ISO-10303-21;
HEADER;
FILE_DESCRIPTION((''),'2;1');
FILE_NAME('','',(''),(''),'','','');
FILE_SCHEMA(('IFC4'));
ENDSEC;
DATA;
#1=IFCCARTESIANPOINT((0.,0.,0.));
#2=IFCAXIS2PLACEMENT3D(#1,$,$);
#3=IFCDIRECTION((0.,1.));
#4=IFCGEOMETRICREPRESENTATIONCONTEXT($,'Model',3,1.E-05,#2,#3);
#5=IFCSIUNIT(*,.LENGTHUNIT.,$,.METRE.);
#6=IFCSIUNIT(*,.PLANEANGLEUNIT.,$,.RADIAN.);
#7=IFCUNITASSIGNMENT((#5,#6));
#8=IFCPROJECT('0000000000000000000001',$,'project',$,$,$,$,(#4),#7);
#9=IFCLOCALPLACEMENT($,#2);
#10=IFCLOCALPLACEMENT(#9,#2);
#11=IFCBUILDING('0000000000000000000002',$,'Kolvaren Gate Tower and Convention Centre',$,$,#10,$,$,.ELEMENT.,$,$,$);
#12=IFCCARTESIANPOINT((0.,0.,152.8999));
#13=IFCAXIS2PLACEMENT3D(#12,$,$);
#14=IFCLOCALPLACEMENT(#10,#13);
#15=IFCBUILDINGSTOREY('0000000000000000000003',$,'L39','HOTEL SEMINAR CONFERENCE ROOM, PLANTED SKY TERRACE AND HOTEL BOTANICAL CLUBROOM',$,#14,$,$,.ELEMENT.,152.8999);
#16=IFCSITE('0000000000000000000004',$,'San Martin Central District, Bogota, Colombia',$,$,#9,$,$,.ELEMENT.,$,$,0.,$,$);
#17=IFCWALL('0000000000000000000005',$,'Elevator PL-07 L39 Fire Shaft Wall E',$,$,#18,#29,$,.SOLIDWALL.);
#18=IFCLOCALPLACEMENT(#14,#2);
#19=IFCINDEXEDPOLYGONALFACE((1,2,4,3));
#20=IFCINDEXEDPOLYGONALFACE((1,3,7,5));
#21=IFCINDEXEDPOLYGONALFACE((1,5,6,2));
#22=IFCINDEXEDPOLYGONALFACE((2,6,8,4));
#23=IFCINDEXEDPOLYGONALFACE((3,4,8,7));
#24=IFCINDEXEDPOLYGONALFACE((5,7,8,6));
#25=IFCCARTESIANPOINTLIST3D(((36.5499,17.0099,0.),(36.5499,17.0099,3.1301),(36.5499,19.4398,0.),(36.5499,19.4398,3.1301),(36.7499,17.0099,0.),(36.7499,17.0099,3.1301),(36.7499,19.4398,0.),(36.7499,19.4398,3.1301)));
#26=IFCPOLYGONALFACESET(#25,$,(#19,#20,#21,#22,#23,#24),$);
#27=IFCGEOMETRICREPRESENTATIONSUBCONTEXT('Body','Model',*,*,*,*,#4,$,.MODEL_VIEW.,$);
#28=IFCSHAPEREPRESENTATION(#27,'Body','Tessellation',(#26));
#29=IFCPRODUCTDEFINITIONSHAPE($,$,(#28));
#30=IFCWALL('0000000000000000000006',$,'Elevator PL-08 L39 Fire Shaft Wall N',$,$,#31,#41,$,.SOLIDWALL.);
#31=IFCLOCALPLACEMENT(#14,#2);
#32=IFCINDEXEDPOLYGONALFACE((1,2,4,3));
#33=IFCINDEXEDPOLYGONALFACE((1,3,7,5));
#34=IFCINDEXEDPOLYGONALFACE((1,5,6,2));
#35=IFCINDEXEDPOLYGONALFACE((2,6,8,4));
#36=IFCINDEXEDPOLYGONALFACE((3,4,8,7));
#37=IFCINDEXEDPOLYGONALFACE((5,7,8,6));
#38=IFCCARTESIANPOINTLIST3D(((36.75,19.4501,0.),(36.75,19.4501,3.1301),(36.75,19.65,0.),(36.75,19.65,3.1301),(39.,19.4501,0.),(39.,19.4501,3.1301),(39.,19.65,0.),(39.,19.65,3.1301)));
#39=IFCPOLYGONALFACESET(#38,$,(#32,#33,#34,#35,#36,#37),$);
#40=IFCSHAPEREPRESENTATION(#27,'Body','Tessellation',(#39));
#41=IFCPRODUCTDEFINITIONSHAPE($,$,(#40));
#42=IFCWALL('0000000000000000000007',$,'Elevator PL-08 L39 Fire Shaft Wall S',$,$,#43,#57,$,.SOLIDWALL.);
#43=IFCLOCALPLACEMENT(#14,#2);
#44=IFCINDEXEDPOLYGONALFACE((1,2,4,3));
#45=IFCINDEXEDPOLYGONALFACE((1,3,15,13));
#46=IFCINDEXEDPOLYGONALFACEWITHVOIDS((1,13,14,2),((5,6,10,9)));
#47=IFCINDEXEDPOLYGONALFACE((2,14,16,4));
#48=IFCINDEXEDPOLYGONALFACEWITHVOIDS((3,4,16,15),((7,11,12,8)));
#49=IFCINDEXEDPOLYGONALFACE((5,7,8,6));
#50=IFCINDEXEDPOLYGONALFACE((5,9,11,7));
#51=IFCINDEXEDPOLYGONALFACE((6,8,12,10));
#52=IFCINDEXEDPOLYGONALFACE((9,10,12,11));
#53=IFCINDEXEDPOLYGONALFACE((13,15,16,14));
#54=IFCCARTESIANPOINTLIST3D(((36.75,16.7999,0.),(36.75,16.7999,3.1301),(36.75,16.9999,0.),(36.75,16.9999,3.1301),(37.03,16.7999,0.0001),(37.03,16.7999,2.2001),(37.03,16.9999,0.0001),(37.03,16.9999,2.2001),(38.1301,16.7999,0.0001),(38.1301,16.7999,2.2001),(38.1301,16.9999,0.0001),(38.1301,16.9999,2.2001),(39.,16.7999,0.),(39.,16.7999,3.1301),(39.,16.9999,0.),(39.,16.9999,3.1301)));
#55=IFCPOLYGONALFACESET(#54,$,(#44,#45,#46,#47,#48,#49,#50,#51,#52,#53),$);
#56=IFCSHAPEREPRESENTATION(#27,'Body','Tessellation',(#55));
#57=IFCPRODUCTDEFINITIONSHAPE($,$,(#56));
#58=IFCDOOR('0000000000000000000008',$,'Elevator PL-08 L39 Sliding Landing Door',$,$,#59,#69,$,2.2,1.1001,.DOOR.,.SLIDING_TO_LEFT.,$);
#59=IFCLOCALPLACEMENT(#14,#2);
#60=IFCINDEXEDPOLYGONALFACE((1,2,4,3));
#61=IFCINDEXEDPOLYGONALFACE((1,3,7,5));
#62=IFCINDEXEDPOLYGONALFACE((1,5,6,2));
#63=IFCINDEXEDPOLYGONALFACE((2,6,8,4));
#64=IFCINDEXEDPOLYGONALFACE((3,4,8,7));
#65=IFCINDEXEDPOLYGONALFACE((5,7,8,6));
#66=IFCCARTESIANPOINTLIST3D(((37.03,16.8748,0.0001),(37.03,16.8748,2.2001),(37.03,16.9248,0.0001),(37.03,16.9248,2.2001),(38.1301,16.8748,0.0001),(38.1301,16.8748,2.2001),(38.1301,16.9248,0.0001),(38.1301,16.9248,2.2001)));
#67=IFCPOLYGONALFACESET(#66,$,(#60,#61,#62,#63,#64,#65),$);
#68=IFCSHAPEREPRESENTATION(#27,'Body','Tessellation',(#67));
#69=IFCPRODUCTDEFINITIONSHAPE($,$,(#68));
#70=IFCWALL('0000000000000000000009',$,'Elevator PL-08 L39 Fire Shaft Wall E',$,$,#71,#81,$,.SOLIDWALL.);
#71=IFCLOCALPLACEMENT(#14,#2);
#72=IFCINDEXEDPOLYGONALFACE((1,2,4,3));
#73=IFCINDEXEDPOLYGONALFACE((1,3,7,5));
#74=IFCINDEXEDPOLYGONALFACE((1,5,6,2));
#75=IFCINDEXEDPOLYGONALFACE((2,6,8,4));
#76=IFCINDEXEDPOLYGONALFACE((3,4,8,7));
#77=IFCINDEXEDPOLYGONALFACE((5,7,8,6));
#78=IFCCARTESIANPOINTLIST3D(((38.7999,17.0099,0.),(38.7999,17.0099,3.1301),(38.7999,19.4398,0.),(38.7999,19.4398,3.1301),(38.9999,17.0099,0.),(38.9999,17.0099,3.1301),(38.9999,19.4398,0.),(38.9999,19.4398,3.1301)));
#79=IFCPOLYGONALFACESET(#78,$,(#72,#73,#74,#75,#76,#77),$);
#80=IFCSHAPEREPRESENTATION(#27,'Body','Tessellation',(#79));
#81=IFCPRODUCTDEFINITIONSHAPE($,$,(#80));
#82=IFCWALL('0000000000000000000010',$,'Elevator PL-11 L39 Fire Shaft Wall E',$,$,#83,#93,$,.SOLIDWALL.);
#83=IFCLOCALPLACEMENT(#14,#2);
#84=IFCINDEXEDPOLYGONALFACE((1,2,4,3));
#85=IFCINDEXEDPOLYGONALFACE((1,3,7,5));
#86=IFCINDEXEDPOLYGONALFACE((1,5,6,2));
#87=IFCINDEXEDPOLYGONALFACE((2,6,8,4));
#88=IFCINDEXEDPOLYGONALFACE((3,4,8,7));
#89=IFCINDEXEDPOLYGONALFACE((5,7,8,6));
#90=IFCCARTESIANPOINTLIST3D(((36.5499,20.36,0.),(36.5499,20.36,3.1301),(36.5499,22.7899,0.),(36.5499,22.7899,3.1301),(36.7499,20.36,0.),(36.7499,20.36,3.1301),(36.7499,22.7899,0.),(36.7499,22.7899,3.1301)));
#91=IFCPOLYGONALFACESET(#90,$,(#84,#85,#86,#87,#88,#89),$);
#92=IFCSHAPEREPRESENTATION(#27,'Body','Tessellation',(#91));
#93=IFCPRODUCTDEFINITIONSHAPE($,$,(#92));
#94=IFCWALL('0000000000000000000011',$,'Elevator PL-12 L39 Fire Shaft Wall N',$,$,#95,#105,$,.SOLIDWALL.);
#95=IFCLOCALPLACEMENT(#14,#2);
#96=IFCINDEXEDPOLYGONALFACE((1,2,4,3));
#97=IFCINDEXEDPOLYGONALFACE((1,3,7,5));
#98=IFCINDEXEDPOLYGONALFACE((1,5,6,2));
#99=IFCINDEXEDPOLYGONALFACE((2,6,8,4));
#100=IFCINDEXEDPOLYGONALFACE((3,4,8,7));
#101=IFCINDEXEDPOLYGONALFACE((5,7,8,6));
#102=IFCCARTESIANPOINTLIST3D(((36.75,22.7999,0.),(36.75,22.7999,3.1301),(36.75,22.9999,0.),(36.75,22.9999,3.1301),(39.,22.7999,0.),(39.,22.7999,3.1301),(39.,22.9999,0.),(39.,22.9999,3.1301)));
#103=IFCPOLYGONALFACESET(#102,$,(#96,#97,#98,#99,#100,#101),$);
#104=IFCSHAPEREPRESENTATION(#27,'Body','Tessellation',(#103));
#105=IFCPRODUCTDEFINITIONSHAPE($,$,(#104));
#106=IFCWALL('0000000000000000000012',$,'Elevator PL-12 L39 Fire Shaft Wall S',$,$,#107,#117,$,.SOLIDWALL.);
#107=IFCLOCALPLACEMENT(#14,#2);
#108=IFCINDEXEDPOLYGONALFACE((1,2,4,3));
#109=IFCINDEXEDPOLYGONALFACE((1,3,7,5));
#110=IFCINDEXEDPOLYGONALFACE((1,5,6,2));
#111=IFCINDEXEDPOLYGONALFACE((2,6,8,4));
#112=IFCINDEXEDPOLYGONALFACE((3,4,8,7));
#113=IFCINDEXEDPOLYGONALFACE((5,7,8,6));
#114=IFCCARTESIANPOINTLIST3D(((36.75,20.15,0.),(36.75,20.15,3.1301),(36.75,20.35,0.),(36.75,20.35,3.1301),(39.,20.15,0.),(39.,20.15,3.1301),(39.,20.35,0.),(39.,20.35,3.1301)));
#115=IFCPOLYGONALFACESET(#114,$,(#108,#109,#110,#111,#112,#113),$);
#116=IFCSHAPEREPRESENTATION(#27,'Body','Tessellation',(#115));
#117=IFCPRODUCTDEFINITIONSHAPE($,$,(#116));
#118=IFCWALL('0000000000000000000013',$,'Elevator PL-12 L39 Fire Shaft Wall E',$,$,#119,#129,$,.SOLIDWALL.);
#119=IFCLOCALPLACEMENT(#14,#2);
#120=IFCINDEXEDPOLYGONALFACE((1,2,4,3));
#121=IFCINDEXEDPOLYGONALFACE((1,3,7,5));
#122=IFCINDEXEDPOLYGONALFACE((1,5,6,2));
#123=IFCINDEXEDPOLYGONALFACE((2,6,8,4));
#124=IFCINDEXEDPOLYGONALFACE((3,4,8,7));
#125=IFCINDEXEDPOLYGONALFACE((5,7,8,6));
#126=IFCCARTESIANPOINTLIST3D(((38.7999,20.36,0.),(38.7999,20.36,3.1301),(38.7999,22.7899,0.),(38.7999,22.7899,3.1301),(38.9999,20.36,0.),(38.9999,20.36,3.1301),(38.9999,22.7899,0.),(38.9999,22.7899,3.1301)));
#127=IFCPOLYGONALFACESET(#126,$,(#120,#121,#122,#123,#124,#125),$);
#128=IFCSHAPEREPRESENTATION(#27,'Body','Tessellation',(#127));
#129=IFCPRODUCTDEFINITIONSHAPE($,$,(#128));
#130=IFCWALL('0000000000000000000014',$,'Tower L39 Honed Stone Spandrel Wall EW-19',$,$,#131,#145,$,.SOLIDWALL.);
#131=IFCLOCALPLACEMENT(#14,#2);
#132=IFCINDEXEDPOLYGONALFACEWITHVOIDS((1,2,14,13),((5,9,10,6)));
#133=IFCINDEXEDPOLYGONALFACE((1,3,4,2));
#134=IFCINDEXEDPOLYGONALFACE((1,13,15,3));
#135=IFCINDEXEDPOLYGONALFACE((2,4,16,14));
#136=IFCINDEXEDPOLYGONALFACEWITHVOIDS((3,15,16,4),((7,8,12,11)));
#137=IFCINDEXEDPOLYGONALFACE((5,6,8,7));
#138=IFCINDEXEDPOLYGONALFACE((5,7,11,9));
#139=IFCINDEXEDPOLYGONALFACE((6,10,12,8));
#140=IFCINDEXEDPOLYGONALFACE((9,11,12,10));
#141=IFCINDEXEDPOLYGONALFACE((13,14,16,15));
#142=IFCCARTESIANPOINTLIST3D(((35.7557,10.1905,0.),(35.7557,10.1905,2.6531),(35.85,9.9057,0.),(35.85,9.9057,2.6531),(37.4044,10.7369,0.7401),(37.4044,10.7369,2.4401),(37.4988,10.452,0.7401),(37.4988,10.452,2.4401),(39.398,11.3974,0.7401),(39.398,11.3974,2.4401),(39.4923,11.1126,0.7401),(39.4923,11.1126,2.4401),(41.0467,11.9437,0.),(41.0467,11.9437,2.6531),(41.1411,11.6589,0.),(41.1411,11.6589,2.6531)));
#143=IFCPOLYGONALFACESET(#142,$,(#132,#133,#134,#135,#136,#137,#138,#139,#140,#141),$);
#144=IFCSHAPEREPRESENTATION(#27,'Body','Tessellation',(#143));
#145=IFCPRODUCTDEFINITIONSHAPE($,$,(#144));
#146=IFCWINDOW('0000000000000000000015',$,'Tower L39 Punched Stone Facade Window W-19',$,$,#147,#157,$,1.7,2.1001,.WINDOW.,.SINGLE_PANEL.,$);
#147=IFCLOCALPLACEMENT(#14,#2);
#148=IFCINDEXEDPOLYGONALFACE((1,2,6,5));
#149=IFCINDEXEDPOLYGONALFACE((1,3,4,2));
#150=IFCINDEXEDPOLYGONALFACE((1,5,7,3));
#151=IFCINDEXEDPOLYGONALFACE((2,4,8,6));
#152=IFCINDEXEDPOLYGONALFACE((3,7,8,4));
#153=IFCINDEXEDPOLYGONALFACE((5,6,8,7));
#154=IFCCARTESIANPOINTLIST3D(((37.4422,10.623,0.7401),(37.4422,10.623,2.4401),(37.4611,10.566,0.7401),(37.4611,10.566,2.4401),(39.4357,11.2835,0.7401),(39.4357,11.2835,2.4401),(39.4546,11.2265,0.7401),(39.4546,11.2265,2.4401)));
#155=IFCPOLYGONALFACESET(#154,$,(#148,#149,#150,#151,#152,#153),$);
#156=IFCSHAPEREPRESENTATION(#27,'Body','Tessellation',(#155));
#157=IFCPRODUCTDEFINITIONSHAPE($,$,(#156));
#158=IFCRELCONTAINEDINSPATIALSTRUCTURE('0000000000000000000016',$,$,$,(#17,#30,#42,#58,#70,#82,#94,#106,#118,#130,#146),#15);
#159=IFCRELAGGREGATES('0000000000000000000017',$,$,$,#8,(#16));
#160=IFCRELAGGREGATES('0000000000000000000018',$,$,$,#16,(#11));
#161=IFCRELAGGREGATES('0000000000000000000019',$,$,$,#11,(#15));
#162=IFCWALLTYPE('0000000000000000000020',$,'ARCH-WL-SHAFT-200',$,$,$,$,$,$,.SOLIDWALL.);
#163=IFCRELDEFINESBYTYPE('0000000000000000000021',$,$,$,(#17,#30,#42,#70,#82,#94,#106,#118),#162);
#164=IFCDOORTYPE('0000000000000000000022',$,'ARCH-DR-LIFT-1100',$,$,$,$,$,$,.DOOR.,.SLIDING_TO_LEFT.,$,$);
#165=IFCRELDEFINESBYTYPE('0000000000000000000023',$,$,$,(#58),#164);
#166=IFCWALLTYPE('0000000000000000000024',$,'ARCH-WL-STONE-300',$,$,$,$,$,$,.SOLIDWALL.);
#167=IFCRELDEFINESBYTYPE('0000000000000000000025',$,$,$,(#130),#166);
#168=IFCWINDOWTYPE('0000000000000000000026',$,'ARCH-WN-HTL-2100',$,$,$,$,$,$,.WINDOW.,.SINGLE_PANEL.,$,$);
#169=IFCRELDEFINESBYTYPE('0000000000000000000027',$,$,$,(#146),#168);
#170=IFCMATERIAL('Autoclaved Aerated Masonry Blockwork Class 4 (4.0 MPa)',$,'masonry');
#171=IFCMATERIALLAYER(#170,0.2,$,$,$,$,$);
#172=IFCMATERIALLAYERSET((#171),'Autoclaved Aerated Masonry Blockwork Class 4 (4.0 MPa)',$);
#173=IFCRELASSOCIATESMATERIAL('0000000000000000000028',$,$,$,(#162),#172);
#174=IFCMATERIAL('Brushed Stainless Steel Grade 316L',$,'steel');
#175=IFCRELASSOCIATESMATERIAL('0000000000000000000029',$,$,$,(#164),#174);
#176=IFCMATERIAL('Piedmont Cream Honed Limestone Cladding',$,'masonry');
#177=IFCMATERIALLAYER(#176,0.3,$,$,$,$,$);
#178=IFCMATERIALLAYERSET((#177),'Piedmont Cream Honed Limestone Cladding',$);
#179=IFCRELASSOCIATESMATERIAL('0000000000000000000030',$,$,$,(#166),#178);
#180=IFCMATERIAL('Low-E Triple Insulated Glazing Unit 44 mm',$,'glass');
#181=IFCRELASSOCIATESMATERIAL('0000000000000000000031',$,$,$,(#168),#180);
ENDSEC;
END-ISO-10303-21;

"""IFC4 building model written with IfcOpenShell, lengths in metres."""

from ifc_helpers import new_model, si_unit, direction, frame, frame_2d, origin, place, context, subcontext, project, spatial, rectangle, extrude, material, layer, layer_set, type_object, element, fill, save


model = new_model("IFC4")

# Units and contexts
model_context = context("Model", 3, precision=1e-05, world=origin(), true_north=direction((0.0, 1.0)))
body_context = subcontext(model_context, "Body", "Model", "MODEL_VIEW")
ifc_project = project(units=[si_unit("LENGTHUNIT", "METRE"), si_unit("PLANEANGLEUNIT", "RADIAN")], contexts=[model_context])

# Site, building, storey
site_placement = place(None, origin())
site = spatial("IfcSite", under=ifc_project, at=site_placement, Name="San Martin Central District, Bogota, Colombia", CompositionType="ELEMENT", RefElevation=0.0)
building_placement = place(site_placement, origin())
building = spatial("IfcBuilding", under=site, at=building_placement, Name="Kolvaren Gate Tower and Convention Centre", CompositionType="ELEMENT")
storey_placement = place(building_placement, frame((0.0, 0.0, 152.8999)))
storey = spatial("IfcBuildingStorey", under=building, at=storey_placement, Name="L39", Description="HOTEL SEMINAR CONFERENCE ROOM, PLANTED SKY TERRACE AND HOTEL BOTANICAL CLUBROOM", CompositionType="ELEMENT", Elevation=152.8999)

# Walls
ifc_material_1 = material(Name="Autoclaved Aerated Masonry Blockwork Class 4 (4.0 MPa)", Category="masonry")
ifc_layer_1 = layer(ifc_material_1, 0.2)
ifc_layer_set_1 = layer_set([ifc_layer_1], Name="Autoclaved Aerated Masonry Blockwork Class 4 (4.0 MPa)")
wall_type_1 = type_object("IfcWallType", Name="ARCH-WL-SHAFT-200", PredefinedType="SOLIDWALL", material=ifc_layer_set_1)
wall_1_placement = place(storey_placement, frame((36.6499, 17.01, 0.0), z_axis=(0.0, 0.0, 1.0), x_axis=(0.0, 1.0, 0.0)))
element("IfcWall", 1, at=wall_1_placement, inside=storey, type_object=wall_type_1, Name="Elevator PL-07 L39 Fire Shaft Wall E", PredefinedType="SOLIDWALL", context=body_context, shape_type="SweptSolid", body=[
    extrude(rectangle(XDim=2.4299, YDim=0.2, at=frame_2d((1.2148, 0.0))), origin(), (0.0, 0.0, 1.0), 3.1301),
])
wall_2_placement = place(storey_placement, frame((36.75, 19.55, 0.0), z_axis=(0.0, 0.0, 1.0), x_axis=(1.0, 0.0, 0.0)))
element("IfcWall", 2, at=wall_2_placement, inside=storey, type_object=wall_type_1, Name="Elevator PL-08 L39 Fire Shaft Wall N", PredefinedType="SOLIDWALL", context=body_context, shape_type="SweptSolid", body=[
    extrude(rectangle(XDim=2.25, YDim=0.2, at=frame_2d((1.125, 0.0))), origin(), (0.0, 0.0, 1.0), 3.1301),
])

# Wall, opening, door
wall_3_placement = place(storey_placement, frame((36.75, 16.8999, 0.0), z_axis=(0.0, 0.0, 1.0), x_axis=(1.0, 0.0, 0.0)))
wall_3 = element("IfcWall", 3, at=wall_3_placement, inside=storey, type_object=wall_type_1, Name="Elevator PL-08 L39 Fire Shaft Wall S", PredefinedType="SOLIDWALL", context=body_context, shape_type="SweptSolid", body=[
    extrude(rectangle(XDim=2.25, YDim=0.2, at=frame_2d((1.125, 0.0))), origin(), (0.0, 0.0, 1.0), 3.1301),
])
opening_1_placement = place(wall_3_placement, frame((0.28, 0.0, 0.0)))
opening_1 = element("IfcOpeningElement", 4, at=opening_1_placement, cuts=wall_3, PredefinedType="OPENING", context=body_context, shape_type="SweptSolid", body=[
    extrude(rectangle(XDim=1.1001, YDim=2.2, at=frame_2d((0.55, 1.1001))), frame((0.0, 0.1099, 0.0), z_axis=(0.0, -1.0, 0.0), x_axis=(1.0, 0.0, 0.0)), (0.0, 0.0, 1.0), 0.22),
])
ifc_material_2 = material(Name="Brushed Stainless Steel Grade 316L", Category="steel")
door_type_1 = type_object("IfcDoorType", Name="ARCH-DR-LIFT-1100", OperationType="SLIDING_TO_LEFT", PredefinedType="DOOR", material=ifc_material_2)
door_1_placement = place(opening_1_placement, origin())
door_1 = element("IfcDoor", 5, at=door_1_placement, inside=storey, type_object=door_type_1, Name="Elevator PL-08 L39 Sliding Landing Door", OperationType="SLIDING_TO_LEFT", OverallHeight=2.2, OverallWidth=1.1001, PredefinedType="DOOR", context=body_context, shape_type="SweptSolid", body=[
    extrude(rectangle(XDim=1.1001, YDim=2.2, at=frame_2d((0.55, 1.1001))), frame((0.0, 0.0249, 0.0), z_axis=(0.0, -1.0, 0.0), x_axis=(1.0, 0.0, 0.0)), (0.0, 0.0, 1.0), 0.05),
])
fill(opening_1, door_1)

# Walls
for number, where, z_axis, x_axis, name in (
    (6, (38.8999, 17.01, 0.0), (0.0, 0.0, 1.0), (0.0, 1.0, 0.0), "Elevator PL-08 L39 Fire Shaft Wall E"),
    (7, (36.6499, 20.3601, 0.0), (0.0, 0.0, 1.0), (0.0, 1.0, 0.0), "Elevator PL-11 L39 Fire Shaft Wall E"),
):
    element("IfcWall", number, at=place(storey_placement, frame(where, z_axis=z_axis, x_axis=x_axis)), inside=storey, type_object=wall_type_1, Name=name, PredefinedType="SOLIDWALL", context=body_context, shape_type="SweptSolid", body=[
        extrude(rectangle(XDim=2.4299, YDim=0.2, at=frame_2d((1.2148, 0.0))), origin(), (0.0, 0.0, 1.0), 3.1301),
    ])
for number, where, z_axis, x_axis, name in (
    (8, (36.75, 22.8999, 0.0), (0.0, 0.0, 1.0), (1.0, 0.0, 0.0), "Elevator PL-12 L39 Fire Shaft Wall N"),
    (9, (36.75, 20.25, 0.0), (0.0, 0.0, 1.0), (1.0, 0.0, 0.0), "Elevator PL-12 L39 Fire Shaft Wall S"),
):
    element("IfcWall", number, at=place(storey_placement, frame(where, z_axis=z_axis, x_axis=x_axis)), inside=storey, type_object=wall_type_1, Name=name, PredefinedType="SOLIDWALL", context=body_context, shape_type="SweptSolid", body=[
        extrude(rectangle(XDim=2.25, YDim=0.2, at=frame_2d((1.125, 0.0))), origin(), (0.0, 0.0, 1.0), 3.1301),
    ])
wall_4_placement = place(storey_placement, frame((38.8999, 20.3601, 0.0), z_axis=(0.0, 0.0, 1.0), x_axis=(0.0, 1.0, 0.0)))
element("IfcWall", 10, at=wall_4_placement, inside=storey, type_object=wall_type_1, Name="Elevator PL-12 L39 Fire Shaft Wall E", PredefinedType="SOLIDWALL", context=body_context, shape_type="SweptSolid", body=[
    extrude(rectangle(XDim=2.4299, YDim=0.2, at=frame_2d((1.2148, 0.0))), origin(), (0.0, 0.0, 1.0), 3.1301),
])

# Wall, opening, window
ifc_material_3 = material(Name="Piedmont Cream Honed Limestone Cladding", Category="masonry")
ifc_layer_2 = layer(ifc_material_3, 0.3)
ifc_layer_set_2 = layer_set([ifc_layer_2], Name="Piedmont Cream Honed Limestone Cladding")
wall_type_2 = type_object("IfcWallType", Name="ARCH-WL-STONE-300", PredefinedType="SOLIDWALL", material=ifc_layer_set_2)
wall_5_placement = place(storey_placement, frame((35.8027, 10.0481, 0.0), z_axis=(0.0, 0.0, 1.0), x_axis=(0.949247, 0.314532, 0.0)))
wall_5 = element("IfcWall", 11, at=wall_5_placement, inside=storey, type_object=wall_type_2, Name="Tower L39 Honed Stone Spandrel Wall EW-19", PredefinedType="SOLIDWALL", context=body_context, shape_type="SweptSolid", body=[
    extrude(rectangle(XDim=5.574, YDim=0.3, at=frame_2d((2.7871, 0.0))), origin(), (0.0, 0.0, 1.0), 2.6531),
])
opening_2_placement = place(wall_5_placement, frame((1.7371, 0.0, 0.74)))
opening_2 = element("IfcOpeningElement", 12, at=opening_2_placement, cuts=wall_5, PredefinedType="OPENING", context=body_context, shape_type="SweptSolid", body=[
    extrude(rectangle(XDim=2.1001, YDim=1.7, at=frame_2d((1.05, 0.8501))), frame((0.0, 0.1599, 0.0), z_axis=(0.0, -1.0, 0.0), x_axis=(1.0, 0.0, 0.0)), (0.0, 0.0, 1.0), 0.3201),
])
ifc_material_4 = material(Name="Low-E Triple Insulated Glazing Unit 44 mm", Category="glass")
window_type = type_object("IfcWindowType", Name="ARCH-WN-HTL-2100", PartitioningType="SINGLE_PANEL", PredefinedType="WINDOW", material=ifc_material_4)
window_placement = place(opening_2_placement, origin())
window = element("IfcWindow", 13, at=window_placement, inside=storey, type_object=window_type, Name="Tower L39 Punched Stone Facade Window W-19", OverallHeight=1.7, OverallWidth=2.1001, PartitioningType="SINGLE_PANEL", PredefinedType="WINDOW", context=body_context, shape_type="SweptSolid", body=[
    extrude(rectangle(XDim=2.1001, YDim=1.7, at=frame_2d((1.05, 0.8501))), frame((0.0, 0.03, 0.0), z_axis=(0.0, -1.0, 0.0), x_axis=(1.0, 0.0, 0.0)), (0.0, 0.0, 1.0), 0.0601),
])
fill(opening_2, window)

save(model, "model.ifc")
